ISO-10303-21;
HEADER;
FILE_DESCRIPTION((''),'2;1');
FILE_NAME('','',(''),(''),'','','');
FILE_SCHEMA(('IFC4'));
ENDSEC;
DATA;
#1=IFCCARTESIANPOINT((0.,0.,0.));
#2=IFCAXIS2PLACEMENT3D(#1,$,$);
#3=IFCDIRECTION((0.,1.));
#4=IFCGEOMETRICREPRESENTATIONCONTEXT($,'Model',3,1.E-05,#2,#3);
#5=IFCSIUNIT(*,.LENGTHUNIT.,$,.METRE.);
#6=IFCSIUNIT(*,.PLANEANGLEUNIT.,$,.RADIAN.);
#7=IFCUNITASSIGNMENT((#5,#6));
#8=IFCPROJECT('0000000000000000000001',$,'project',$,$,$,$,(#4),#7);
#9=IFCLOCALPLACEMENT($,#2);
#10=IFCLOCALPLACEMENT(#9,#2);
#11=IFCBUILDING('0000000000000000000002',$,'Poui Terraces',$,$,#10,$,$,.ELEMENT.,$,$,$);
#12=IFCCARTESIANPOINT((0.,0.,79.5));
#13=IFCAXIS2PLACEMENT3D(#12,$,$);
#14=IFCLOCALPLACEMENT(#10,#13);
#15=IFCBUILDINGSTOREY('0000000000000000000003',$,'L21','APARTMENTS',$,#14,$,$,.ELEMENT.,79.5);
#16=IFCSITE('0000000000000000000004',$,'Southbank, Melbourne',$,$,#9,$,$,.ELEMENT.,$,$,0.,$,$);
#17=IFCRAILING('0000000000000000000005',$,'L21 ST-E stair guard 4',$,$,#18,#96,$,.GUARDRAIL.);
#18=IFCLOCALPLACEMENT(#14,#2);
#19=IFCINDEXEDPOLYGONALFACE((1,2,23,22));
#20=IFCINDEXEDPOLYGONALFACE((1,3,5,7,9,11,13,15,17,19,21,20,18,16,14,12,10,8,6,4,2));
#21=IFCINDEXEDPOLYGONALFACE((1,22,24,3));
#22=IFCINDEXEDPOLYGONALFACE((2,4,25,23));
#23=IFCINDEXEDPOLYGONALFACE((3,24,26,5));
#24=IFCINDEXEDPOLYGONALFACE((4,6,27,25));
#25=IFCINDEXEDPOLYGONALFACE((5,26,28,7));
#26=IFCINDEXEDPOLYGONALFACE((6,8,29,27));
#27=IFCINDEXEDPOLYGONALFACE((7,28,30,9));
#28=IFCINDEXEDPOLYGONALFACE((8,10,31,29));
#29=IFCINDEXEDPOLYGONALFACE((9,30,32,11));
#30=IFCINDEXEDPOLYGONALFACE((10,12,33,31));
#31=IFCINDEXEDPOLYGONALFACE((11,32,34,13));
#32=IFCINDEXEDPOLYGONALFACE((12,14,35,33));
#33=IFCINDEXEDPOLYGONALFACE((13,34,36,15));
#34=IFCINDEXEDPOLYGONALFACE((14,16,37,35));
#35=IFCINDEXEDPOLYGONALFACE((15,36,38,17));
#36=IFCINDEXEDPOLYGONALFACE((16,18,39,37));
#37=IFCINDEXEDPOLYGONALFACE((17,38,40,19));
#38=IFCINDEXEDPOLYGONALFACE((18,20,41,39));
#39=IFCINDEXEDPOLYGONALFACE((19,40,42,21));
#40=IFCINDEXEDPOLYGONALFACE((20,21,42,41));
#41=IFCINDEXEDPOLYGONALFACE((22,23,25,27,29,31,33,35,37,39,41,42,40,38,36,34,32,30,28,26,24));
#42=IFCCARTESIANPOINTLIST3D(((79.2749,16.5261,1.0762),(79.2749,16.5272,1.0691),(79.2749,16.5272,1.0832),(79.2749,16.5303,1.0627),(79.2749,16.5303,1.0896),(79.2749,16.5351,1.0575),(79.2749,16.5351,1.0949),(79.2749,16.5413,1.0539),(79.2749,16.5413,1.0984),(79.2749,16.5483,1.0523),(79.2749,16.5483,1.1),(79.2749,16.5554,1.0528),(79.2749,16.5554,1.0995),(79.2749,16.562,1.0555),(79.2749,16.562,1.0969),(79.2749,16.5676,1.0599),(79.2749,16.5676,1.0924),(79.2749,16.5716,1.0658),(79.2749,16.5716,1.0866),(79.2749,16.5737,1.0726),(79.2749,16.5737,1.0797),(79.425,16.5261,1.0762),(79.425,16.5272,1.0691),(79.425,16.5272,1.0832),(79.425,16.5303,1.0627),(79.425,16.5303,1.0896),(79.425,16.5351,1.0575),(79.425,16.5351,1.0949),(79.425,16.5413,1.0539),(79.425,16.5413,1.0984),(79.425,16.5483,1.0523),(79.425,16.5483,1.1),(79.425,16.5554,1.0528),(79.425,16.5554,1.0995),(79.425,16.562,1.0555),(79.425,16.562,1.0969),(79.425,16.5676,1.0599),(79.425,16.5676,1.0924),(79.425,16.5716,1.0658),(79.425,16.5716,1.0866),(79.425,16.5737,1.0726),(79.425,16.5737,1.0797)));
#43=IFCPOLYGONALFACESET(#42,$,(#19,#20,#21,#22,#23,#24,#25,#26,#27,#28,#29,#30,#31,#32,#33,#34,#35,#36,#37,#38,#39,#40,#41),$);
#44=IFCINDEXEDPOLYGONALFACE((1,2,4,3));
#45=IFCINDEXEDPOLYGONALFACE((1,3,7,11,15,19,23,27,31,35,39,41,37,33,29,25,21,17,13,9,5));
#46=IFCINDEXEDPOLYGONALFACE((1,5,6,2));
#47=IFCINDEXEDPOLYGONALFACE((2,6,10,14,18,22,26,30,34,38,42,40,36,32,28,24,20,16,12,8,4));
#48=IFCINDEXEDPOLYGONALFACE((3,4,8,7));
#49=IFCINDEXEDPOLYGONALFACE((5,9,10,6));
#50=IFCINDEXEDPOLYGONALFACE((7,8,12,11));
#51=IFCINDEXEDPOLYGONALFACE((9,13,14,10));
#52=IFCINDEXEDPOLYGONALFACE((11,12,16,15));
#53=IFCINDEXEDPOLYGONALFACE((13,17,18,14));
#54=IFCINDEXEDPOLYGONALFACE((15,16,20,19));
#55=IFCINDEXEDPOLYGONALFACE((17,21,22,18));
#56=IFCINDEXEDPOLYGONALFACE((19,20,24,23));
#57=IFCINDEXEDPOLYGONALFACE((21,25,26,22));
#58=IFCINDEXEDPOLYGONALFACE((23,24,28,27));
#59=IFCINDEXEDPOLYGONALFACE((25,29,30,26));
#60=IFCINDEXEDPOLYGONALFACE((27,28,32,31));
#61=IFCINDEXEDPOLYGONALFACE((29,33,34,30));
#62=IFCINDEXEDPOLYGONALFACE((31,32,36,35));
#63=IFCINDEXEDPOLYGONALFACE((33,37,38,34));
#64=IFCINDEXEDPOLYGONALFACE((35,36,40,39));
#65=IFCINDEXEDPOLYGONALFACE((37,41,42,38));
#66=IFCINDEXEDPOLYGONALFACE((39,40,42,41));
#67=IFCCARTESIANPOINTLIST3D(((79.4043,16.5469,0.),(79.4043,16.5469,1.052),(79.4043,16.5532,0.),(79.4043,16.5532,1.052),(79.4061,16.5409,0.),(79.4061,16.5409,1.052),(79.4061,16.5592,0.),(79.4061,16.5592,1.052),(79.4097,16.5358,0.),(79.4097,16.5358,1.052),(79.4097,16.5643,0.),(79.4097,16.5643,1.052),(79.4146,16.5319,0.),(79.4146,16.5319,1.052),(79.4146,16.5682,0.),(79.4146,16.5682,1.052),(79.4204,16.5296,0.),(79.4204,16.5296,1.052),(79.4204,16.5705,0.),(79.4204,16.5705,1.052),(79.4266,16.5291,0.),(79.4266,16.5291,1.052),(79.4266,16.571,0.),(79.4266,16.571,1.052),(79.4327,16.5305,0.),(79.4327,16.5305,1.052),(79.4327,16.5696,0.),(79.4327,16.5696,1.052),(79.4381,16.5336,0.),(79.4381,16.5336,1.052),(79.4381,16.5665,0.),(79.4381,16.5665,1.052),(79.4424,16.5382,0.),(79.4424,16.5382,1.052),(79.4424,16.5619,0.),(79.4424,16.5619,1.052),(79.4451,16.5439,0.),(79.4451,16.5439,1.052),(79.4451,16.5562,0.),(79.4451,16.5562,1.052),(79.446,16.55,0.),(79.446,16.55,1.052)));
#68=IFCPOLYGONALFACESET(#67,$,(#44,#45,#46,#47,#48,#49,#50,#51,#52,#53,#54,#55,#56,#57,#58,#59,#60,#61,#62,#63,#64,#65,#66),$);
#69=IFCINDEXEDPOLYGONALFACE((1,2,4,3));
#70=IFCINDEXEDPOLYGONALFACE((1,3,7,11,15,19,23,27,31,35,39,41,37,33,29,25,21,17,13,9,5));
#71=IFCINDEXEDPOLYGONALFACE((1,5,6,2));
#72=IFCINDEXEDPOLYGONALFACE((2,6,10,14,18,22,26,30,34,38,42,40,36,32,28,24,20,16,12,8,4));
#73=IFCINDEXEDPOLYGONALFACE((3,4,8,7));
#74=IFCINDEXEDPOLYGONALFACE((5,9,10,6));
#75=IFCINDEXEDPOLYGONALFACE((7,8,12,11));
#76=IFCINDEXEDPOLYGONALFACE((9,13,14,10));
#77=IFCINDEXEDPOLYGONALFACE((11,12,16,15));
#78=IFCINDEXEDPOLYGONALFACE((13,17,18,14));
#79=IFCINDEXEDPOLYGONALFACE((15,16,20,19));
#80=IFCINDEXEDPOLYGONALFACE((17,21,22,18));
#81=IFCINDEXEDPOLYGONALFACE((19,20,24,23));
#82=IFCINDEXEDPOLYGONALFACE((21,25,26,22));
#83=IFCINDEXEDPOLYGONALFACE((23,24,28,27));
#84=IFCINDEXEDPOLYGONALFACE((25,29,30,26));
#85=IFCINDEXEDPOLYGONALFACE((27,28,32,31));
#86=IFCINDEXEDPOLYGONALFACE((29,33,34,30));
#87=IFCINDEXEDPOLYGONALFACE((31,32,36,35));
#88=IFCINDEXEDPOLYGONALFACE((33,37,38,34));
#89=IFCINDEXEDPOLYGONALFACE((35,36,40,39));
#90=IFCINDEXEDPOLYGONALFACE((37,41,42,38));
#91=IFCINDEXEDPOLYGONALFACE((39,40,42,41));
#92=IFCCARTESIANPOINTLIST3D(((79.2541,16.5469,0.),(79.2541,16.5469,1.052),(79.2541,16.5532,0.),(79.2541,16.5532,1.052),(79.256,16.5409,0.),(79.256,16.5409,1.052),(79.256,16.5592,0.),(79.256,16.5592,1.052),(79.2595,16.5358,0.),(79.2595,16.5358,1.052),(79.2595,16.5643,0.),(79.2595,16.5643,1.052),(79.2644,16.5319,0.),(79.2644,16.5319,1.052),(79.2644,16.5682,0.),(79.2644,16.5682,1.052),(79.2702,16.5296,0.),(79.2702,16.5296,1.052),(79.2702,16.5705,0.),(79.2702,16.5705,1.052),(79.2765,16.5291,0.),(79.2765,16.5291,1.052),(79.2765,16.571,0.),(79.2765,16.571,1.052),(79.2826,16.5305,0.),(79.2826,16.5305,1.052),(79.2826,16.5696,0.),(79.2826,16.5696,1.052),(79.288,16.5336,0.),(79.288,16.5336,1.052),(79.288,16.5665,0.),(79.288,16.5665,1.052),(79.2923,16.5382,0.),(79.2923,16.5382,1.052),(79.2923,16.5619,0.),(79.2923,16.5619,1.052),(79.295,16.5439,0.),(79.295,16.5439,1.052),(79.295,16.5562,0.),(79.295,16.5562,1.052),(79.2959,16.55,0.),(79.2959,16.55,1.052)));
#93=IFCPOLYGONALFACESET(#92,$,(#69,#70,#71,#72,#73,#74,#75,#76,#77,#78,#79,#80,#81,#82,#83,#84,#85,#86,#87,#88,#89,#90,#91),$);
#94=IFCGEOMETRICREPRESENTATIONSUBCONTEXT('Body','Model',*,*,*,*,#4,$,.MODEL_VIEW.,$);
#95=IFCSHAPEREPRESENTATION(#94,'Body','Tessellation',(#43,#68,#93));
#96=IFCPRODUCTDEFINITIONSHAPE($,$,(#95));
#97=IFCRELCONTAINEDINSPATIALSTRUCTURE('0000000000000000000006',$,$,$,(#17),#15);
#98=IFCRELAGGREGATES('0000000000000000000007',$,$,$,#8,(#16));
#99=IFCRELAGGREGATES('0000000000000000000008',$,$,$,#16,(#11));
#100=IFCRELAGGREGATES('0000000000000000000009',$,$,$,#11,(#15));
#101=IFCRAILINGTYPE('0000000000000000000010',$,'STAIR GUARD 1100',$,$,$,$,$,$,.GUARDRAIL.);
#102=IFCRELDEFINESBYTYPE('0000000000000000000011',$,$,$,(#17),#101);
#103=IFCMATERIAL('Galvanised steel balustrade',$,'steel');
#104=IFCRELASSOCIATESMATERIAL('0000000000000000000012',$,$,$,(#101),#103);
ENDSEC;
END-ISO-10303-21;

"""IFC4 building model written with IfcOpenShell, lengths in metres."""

from ifc_helpers import new_model, si_unit, direction, frame, origin, origin_2d, place, context, subcontext, project, spatial, circle, extrude, material, type_object, element, save


model = new_model("IFC4")

# Units and contexts
model_context = context("Model", 3, precision=1e-05, world=origin(), true_north=direction((0.0, 1.0)))
body_context = subcontext(model_context, "Body", "Model", "MODEL_VIEW")
ifc_project = project(units=[si_unit("LENGTHUNIT", "METRE"), si_unit("PLANEANGLEUNIT", "RADIAN")], contexts=[model_context])

# Site, building, storey
site_placement = place(None, origin())
site = spatial("IfcSite", under=ifc_project, at=site_placement, Name="Southbank, Melbourne", CompositionType="ELEMENT", RefElevation=0.0)
building_placement = place(site_placement, origin())
building = spatial("IfcBuilding", under=site, at=building_placement, Name="Poui Terraces", CompositionType="ELEMENT")
storey_placement = place(building_placement, frame((0.0, 0.0, 79.5)))
storey = spatial("IfcBuildingStorey", under=building, at=storey_placement, Name="L21", Description="APARTMENTS", CompositionType="ELEMENT", Elevation=79.5)

# Railing
ifc_material_1 = material(Name="Galvanised steel balustrade", Category="steel")
railing_type = type_object("IfcRailingType", Name="STAIR GUARD 1100", PredefinedType="GUARDRAIL", material=ifc_material_1)
railing_1_placement = place(storey_placement, frame((79.425, 16.55, 0.0)))
element("IfcRailing", 1, at=railing_1_placement, inside=storey, type_object=railing_type, Name="L21 ST-E stair guard 4", PredefinedType="GUARDRAIL", context=body_context, shape_type="SweptSolid", body=[
    extrude(circle(Radius=0.0239, at=origin_2d()), frame((0.0, 0.0, 1.0762), z_axis=(-1.0, 0.0, 0.0), x_axis=(0.0, -1.0, 0.0)), (0.0, 0.0, 1.0), 0.1501),
    extrude(circle(Radius=0.021, at=origin_2d()), origin(), (0.0, 0.0, 1.0), 1.052),
    extrude(circle(Radius=0.021, at=origin_2d()), frame((-0.1501, 0.0, 0.0)), (0.0, 0.0, 1.0), 1.052),
])

save(model, "model.ifc")
